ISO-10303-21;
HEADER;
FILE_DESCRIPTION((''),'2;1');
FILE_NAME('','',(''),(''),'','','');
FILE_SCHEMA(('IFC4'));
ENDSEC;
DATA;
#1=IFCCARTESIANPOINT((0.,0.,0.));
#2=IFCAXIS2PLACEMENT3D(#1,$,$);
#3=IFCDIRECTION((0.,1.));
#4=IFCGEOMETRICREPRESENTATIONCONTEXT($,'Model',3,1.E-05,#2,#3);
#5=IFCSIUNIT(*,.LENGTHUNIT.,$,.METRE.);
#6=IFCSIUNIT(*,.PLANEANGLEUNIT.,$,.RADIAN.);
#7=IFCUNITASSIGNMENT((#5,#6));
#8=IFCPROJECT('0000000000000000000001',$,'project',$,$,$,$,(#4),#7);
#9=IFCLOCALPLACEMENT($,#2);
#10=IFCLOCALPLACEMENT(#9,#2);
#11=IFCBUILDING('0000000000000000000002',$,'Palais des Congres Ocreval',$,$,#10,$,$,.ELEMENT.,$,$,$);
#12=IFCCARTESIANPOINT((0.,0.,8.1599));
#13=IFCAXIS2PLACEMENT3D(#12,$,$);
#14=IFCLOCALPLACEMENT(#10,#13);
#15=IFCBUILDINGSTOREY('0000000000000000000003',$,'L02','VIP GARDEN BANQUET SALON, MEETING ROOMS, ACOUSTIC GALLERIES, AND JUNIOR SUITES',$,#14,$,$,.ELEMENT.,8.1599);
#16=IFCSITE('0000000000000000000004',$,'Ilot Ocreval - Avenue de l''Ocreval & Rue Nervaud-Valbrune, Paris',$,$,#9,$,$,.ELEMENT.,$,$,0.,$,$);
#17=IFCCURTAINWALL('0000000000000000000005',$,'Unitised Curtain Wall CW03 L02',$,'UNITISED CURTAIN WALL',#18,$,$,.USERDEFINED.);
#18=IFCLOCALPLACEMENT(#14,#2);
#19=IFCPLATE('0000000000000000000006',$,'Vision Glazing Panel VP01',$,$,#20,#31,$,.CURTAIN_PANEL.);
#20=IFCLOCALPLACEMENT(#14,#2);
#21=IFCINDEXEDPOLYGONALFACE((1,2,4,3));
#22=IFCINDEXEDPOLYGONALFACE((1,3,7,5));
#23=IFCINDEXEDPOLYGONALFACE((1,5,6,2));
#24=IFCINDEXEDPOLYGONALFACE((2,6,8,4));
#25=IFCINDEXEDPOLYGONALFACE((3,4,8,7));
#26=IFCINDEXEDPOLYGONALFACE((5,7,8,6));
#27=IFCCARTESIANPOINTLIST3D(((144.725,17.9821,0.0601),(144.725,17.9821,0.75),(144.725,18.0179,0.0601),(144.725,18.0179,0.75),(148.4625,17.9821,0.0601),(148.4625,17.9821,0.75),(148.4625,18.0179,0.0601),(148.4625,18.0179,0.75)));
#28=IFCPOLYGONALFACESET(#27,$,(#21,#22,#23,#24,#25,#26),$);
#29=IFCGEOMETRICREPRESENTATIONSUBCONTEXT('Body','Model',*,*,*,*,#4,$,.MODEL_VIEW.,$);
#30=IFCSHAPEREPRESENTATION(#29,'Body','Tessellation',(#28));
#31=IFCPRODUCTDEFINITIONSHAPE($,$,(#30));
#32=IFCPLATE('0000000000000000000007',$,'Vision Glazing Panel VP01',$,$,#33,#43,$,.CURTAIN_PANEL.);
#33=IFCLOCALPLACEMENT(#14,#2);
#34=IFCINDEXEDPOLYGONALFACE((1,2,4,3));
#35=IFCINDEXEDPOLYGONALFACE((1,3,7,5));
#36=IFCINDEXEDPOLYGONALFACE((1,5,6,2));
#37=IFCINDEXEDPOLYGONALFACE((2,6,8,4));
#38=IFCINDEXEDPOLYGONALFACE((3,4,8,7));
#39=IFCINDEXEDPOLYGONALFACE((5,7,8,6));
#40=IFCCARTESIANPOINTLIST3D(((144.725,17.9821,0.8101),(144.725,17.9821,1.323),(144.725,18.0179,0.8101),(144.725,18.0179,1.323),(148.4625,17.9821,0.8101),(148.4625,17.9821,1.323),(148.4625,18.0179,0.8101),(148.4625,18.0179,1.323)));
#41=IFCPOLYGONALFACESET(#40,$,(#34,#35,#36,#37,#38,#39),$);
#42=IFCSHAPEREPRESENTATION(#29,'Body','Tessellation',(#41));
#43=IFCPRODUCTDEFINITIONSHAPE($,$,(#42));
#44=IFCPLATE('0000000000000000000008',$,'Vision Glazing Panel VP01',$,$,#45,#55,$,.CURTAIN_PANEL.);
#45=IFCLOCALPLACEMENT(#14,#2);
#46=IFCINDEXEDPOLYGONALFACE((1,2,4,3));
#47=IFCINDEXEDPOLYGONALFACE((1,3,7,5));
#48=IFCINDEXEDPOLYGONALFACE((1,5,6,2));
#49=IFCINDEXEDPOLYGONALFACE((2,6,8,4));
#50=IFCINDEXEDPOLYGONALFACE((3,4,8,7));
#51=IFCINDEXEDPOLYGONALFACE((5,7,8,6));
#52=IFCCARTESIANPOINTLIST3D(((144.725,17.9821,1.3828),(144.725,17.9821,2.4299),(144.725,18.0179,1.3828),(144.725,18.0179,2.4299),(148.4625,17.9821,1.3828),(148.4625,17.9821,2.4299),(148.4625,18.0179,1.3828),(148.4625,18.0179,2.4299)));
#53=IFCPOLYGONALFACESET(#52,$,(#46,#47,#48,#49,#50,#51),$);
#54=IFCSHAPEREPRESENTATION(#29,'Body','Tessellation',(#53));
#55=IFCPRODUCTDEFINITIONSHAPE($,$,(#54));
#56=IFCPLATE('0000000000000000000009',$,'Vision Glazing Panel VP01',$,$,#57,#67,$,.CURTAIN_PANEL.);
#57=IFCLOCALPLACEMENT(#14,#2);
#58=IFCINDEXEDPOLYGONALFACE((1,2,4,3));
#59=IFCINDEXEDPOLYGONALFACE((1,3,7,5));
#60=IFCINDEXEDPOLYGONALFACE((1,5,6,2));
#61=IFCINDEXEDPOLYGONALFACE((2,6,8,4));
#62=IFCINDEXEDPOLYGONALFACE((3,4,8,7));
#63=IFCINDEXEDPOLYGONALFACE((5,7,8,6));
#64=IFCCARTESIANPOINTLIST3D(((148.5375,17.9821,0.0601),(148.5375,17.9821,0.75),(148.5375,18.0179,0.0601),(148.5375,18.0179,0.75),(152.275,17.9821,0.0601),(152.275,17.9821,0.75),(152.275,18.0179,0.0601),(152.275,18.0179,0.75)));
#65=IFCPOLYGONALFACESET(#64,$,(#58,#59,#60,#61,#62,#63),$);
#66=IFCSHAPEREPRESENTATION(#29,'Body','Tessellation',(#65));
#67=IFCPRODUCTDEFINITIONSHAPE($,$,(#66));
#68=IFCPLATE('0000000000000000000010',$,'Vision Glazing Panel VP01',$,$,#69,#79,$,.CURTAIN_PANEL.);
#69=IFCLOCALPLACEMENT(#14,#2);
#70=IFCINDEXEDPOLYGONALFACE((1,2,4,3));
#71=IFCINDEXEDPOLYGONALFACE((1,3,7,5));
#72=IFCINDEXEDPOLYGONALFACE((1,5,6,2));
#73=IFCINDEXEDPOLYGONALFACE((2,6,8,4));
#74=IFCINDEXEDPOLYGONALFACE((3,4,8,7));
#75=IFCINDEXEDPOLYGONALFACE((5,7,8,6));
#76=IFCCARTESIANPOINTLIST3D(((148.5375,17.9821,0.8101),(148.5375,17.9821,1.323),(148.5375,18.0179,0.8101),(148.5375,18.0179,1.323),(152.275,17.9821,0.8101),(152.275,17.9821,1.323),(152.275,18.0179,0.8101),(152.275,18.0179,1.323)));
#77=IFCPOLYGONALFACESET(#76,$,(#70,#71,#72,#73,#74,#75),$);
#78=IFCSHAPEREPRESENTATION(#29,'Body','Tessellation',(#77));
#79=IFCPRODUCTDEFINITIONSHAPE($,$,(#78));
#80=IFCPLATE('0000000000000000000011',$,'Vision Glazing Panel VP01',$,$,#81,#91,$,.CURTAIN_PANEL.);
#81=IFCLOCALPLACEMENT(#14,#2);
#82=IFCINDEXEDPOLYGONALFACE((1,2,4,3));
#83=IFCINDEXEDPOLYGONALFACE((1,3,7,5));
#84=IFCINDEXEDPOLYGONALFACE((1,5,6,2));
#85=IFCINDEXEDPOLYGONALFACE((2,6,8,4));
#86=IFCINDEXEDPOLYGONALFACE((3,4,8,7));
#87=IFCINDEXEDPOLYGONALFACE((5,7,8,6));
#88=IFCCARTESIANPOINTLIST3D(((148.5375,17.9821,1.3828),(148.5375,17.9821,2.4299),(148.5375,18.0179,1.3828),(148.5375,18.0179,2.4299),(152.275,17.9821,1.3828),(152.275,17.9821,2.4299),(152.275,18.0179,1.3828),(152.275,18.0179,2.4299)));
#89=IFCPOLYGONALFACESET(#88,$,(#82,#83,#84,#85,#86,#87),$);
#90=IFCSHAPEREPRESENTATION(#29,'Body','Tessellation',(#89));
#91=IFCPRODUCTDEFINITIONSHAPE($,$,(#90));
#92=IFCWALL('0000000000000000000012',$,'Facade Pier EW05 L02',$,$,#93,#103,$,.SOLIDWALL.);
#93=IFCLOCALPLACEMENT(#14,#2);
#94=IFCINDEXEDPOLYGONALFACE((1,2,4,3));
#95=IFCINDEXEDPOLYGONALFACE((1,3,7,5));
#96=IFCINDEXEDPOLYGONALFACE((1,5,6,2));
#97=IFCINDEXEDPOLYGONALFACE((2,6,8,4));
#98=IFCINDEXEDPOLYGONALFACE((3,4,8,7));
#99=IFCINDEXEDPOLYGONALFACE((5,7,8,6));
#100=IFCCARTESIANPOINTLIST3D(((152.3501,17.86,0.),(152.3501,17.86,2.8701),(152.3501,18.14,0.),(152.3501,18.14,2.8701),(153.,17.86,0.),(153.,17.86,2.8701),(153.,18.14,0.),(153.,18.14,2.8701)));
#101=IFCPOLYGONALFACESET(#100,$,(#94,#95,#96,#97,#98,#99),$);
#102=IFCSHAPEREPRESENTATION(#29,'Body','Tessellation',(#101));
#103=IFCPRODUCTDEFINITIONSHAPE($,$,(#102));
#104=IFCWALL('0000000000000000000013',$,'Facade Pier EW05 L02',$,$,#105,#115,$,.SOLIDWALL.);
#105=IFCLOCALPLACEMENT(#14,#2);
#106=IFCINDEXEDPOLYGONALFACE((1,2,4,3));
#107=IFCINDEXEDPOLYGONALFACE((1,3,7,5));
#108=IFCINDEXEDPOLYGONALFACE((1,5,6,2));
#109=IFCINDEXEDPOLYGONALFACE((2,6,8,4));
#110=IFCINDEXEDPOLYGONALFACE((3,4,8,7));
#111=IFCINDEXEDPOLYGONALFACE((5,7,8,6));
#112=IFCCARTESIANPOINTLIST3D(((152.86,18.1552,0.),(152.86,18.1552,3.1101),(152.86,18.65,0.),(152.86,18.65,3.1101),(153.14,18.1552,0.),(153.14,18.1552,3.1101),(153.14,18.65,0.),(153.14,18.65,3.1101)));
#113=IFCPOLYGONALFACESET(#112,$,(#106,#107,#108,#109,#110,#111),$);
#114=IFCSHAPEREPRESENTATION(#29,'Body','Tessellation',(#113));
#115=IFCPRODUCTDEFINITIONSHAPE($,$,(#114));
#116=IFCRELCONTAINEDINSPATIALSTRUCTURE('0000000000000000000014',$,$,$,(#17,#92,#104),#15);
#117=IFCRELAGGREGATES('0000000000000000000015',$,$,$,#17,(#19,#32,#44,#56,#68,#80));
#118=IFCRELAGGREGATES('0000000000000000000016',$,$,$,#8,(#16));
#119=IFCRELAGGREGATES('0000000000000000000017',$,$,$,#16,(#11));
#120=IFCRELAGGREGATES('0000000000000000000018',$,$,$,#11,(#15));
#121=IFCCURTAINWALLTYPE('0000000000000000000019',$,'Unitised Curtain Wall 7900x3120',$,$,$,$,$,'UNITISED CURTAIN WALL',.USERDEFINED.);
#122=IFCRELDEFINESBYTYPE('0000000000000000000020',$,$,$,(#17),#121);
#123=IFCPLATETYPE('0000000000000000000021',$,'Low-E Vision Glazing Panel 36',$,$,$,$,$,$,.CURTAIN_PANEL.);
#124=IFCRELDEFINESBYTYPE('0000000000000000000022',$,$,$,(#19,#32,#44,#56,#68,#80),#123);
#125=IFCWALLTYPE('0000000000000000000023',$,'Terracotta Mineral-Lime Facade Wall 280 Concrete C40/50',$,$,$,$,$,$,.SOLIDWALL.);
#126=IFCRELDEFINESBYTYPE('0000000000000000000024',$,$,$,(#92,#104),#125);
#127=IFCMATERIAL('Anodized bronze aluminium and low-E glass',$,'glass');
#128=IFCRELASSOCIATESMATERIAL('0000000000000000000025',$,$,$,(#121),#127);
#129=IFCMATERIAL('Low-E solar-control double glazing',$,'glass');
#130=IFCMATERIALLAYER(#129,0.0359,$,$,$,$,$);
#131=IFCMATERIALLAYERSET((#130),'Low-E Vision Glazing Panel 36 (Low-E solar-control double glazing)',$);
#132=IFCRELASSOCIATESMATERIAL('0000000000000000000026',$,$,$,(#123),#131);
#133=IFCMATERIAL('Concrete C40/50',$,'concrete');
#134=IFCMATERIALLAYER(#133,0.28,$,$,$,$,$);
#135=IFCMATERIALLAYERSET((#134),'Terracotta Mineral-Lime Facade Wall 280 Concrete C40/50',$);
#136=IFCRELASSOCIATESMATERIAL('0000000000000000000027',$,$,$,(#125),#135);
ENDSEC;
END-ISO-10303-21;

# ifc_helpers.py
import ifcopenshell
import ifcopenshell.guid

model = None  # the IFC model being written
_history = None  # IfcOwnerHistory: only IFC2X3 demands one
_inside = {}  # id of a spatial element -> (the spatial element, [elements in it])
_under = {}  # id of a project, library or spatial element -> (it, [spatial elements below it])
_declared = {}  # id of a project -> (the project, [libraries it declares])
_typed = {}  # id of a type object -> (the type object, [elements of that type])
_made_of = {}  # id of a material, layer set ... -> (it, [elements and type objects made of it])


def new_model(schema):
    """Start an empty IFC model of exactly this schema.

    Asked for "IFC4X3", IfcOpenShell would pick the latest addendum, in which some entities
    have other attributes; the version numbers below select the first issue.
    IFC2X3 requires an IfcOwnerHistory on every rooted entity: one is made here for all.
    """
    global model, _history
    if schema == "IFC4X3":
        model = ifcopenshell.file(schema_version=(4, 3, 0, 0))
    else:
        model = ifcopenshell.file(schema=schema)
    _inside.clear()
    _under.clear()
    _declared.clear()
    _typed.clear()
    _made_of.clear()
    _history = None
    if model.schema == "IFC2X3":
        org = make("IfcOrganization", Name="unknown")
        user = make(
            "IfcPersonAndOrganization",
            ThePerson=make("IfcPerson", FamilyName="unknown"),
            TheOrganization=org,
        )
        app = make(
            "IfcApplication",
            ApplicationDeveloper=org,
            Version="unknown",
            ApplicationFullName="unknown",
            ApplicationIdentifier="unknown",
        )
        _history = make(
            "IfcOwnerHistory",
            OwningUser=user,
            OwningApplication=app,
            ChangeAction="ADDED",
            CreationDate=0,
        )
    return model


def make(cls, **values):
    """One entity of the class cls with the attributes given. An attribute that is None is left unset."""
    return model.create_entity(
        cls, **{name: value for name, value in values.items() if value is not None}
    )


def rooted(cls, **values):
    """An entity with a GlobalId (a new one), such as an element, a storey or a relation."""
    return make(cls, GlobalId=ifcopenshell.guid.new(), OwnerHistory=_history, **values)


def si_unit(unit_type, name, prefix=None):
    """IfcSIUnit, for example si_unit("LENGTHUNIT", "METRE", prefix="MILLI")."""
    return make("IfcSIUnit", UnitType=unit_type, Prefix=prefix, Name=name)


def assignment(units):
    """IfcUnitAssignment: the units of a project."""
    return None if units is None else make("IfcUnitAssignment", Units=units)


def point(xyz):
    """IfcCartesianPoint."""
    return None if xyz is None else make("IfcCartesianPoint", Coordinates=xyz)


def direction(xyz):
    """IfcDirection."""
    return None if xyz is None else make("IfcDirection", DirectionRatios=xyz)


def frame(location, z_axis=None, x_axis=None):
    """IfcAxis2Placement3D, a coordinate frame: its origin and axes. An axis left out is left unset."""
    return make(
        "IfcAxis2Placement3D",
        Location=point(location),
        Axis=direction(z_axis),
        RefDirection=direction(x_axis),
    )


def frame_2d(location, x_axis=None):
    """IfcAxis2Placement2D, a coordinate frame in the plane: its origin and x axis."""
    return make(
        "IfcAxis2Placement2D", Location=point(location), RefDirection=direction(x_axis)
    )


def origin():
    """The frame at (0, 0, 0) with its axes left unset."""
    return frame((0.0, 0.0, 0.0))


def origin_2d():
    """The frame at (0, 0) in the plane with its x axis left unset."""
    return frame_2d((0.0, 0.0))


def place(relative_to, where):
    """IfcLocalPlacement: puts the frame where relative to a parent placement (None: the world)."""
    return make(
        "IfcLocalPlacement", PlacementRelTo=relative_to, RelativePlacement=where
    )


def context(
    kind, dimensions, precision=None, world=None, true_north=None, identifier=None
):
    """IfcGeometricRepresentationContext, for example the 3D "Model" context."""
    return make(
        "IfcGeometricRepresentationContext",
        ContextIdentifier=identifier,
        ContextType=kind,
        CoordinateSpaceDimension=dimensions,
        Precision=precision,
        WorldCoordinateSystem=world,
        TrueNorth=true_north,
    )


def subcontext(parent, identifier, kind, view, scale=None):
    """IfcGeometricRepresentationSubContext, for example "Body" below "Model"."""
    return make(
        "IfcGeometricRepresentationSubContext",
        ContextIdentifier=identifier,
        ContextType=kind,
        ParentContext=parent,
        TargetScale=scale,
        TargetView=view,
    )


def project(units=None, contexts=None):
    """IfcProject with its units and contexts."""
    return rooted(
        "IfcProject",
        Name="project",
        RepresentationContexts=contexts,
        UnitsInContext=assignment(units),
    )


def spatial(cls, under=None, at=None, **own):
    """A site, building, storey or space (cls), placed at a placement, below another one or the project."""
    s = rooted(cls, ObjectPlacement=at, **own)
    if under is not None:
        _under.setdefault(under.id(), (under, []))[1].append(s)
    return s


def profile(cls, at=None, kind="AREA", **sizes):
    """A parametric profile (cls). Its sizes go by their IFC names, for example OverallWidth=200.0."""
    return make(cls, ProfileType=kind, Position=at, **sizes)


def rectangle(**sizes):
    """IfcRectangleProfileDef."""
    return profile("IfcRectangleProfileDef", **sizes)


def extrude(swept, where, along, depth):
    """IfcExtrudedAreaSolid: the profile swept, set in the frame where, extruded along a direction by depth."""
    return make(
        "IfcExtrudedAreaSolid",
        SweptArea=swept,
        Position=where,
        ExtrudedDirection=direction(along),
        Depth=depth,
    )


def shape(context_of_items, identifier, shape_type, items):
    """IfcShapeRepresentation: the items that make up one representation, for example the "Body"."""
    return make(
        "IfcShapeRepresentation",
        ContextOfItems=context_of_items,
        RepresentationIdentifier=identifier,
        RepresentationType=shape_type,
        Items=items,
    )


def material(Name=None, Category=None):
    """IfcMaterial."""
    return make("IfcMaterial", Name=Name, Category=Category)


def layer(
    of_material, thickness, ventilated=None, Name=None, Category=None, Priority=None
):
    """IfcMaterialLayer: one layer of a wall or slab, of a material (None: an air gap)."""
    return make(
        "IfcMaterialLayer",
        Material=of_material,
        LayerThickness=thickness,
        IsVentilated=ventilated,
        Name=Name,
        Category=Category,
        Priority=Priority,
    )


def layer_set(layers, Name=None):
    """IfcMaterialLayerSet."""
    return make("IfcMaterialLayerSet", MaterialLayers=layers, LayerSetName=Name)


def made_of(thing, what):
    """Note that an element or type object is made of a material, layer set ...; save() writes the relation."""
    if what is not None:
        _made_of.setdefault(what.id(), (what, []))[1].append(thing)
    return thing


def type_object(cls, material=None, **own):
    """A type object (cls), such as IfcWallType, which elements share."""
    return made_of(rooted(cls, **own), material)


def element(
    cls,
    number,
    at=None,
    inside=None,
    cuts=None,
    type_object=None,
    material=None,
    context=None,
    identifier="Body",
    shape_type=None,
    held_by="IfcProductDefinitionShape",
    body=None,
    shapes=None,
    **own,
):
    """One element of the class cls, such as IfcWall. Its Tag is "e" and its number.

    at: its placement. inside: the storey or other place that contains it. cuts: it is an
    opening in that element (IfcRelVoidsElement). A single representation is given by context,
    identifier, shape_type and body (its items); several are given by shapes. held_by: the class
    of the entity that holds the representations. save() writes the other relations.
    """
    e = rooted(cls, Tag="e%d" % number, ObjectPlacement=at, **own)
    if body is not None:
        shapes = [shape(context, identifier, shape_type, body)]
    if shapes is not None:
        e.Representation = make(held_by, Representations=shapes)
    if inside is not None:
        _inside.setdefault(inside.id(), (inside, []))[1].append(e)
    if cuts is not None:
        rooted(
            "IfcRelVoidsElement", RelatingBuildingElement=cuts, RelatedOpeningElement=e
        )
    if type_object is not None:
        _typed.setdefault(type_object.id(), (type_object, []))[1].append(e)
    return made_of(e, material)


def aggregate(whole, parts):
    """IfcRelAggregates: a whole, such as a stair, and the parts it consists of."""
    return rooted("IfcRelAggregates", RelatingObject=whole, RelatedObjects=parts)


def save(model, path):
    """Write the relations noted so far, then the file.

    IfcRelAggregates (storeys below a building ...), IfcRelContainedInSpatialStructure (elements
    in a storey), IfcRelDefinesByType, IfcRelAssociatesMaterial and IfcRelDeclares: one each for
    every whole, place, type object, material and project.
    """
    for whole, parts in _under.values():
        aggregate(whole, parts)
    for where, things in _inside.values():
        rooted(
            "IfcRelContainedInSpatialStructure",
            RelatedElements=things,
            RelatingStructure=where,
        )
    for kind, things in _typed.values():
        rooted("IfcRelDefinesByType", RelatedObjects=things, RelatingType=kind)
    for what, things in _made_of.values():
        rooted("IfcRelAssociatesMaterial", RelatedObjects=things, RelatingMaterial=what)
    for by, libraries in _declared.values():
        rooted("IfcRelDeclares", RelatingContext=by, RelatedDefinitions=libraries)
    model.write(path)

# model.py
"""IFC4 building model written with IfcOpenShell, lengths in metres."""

from ifc_helpers import new_model, si_unit, direction, frame, frame_2d, origin, origin_2d, place, context, subcontext, project, spatial, rectangle, extrude, material, layer, layer_set, type_object, element, aggregate, save


model = new_model("IFC4")

# Units and contexts
model_context = context("Model", 3, precision=1e-05, world=origin(), true_north=direction((0.0, 1.0)))
body_context = subcontext(model_context, "Body", "Model", "MODEL_VIEW")
ifc_project = project(units=[si_unit("LENGTHUNIT", "METRE"), si_unit("PLANEANGLEUNIT", "RADIAN")], contexts=[model_context])

# Site, building, storey
site_placement = place(None, origin())
site = spatial("IfcSite", under=ifc_project, at=site_placement, Name="Ilot Ocreval - Avenue de l'Ocreval & Rue Nervaud-Valbrune, Paris", CompositionType="ELEMENT", RefElevation=0.0)
building_placement = place(site_placement, origin())
building = spatial("IfcBuilding", under=site, at=building_placement, Name="Palais des Congres Ocreval", CompositionType="ELEMENT")
storey_placement = place(building_placement, frame((0.0, 0.0, 8.1599)))
storey = spatial("IfcBuildingStorey", under=building, at=storey_placement, Name="L02", Description="VIP GARDEN BANQUET SALON, MEETING ROOMS, ACOUSTIC GALLERIES, AND JUNIOR SUITES", CompositionType="ELEMENT", Elevation=8.1599)

# Curtain wall
ifc_material_1 = material(Name="Anodized bronze aluminium and low-E glass", Category="glass")
curtain_wall_type = type_object("IfcCurtainWallType", Name="Unitised Curtain Wall 7900x3120", ElementType="UNITISED CURTAIN WALL", PredefinedType="USERDEFINED", material=ifc_material_1)
curtain_wall_1_placement = place(storey_placement, origin())
curtain_wall_1 = element("IfcCurtainWall", 1, at=curtain_wall_1_placement, inside=storey, type_object=curtain_wall_type, Name="Unitised Curtain Wall CW03 L02", ObjectType="UNITISED CURTAIN WALL", PredefinedType="USERDEFINED")

# Plates
ifc_material_2 = material(Name="Low-E solar-control double glazing", Category="glass")
ifc_layer_1 = layer(ifc_material_2, 0.0359)
ifc_layer_set_1 = layer_set([ifc_layer_1], Name="Low-E Vision Glazing Panel 36 (Low-E solar-control double glazing)")
plate_type_1 = type_object("IfcPlateType", Name="Low-E Vision Glazing Panel 36", PredefinedType="CURTAIN_PANEL", material=ifc_layer_set_1)
plate_1_placement = place(storey_placement, frame((146.5938, 18.0, 0.0601), z_axis=(0.0, 0.0, 1.0), x_axis=(1.0, 0.0, 0.0)))
plate_1 = element("IfcPlate", 2, at=plate_1_placement, type_object=plate_type_1, Name="Vision Glazing Panel VP01", PredefinedType="CURTAIN_PANEL", context=body_context, shape_type="SweptSolid", body=[
    extrude(rectangle(XDim=3.7375, YDim=0.0359, at=origin_2d()), origin(), (0.0, 0.0, 1.0), 0.6899),
])
plate_2_placement = place(storey_placement, frame((146.5938, 18.0, 0.8101), z_axis=(0.0, 0.0, 1.0), x_axis=(1.0, 0.0, 0.0)))
plate_2 = element("IfcPlate", 3, at=plate_2_placement, type_object=plate_type_1, Name="Vision Glazing Panel VP01", PredefinedType="CURTAIN_PANEL", context=body_context, shape_type="SweptSolid", body=[
    extrude(rectangle(XDim=3.7375, YDim=0.0359, at=origin_2d()), origin(), (0.0, 0.0, 1.0), 0.5129),
])
plate_3_placement = place(storey_placement, frame((146.5938, 18.0, 1.3828), z_axis=(0.0, 0.0, 1.0), x_axis=(1.0, 0.0, 0.0)))
plate_3 = element("IfcPlate", 4, at=plate_3_placement, type_object=plate_type_1, Name="Vision Glazing Panel VP01", PredefinedType="CURTAIN_PANEL", context=body_context, shape_type="SweptSolid", body=[
    extrude(rectangle(XDim=3.7375, YDim=0.0359, at=origin_2d()), origin(), (0.0, 0.0, 1.0), 1.0471),
])
plate_4_placement = place(storey_placement, frame((150.4062, 18.0, 0.0601), z_axis=(0.0, 0.0, 1.0), x_axis=(1.0, 0.0, 0.0)))
plate_4 = element("IfcPlate", 5, at=plate_4_placement, type_object=plate_type_1, Name="Vision Glazing Panel VP01", PredefinedType="CURTAIN_PANEL", context=body_context, shape_type="SweptSolid", body=[
    extrude(rectangle(XDim=3.7375, YDim=0.0359, at=origin_2d()), origin(), (0.0, 0.0, 1.0), 0.6899),
])
plate_5_placement = place(storey_placement, frame((150.4062, 18.0, 0.8101), z_axis=(0.0, 0.0, 1.0), x_axis=(1.0, 0.0, 0.0)))
plate_5 = element("IfcPlate", 6, at=plate_5_placement, type_object=plate_type_1, Name="Vision Glazing Panel VP01", PredefinedType="CURTAIN_PANEL", context=body_context, shape_type="SweptSolid", body=[
    extrude(rectangle(XDim=3.7375, YDim=0.0359, at=origin_2d()), origin(), (0.0, 0.0, 1.0), 0.5129),
])
plate_6_placement = place(storey_placement, frame((150.4062, 18.0, 1.3828), z_axis=(0.0, 0.0, 1.0), x_axis=(1.0, 0.0, 0.0)))
plate_6 = element("IfcPlate", 7, at=plate_6_placement, type_object=plate_type_1, Name="Vision Glazing Panel VP01", PredefinedType="CURTAIN_PANEL", context=body_context, shape_type="SweptSolid", body=[
    extrude(rectangle(XDim=3.7375, YDim=0.0359, at=origin_2d()), origin(), (0.0, 0.0, 1.0), 1.0471),
])
aggregate(curtain_wall_1, [plate_1, plate_2, plate_3, plate_4, plate_5, plate_6])

# Walls
ifc_material_3 = material(Name="Concrete C40/50", Category="concrete")
ifc_layer_2 = layer(ifc_material_3, 0.28)
ifc_layer_set_2 = layer_set([ifc_layer_2], Name="Terracotta Mineral-Lime Facade Wall 280 Concrete C40/50")
wall_type = type_object("IfcWallType", Name="Terracotta Mineral-Lime Facade Wall 280 Concrete C40/50", PredefinedType="SOLIDWALL", material=ifc_layer_set_2)
wall_1_placement = place(storey_placement, frame((152.3501, 18.0, 0.0), z_axis=(0.0, 0.0, 1.0), x_axis=(1.0, 0.0, 0.0)))
element("IfcWall", 8, at=wall_1_placement, inside=storey, type_object=wall_type, Name="Facade Pier EW05 L02", PredefinedType="SOLIDWALL", context=body_context, shape_type="SweptSolid", body=[
    extrude(rectangle(XDim=0.6499, YDim=0.28, at=frame_2d((0.325, 0.0))), origin(), (0.0, 0.0, 1.0), 2.8701),
])
wall_2_placement = place(storey_placement, frame((153.0, 18.155, 0.0), z_axis=(0.0, 0.0, 1.0), x_axis=(0.0, 1.0, 0.0)))
element("IfcWall", 9, at=wall_2_placement, inside=storey, type_object=wall_type, Name="Facade Pier EW05 L02", PredefinedType="SOLIDWALL", context=body_context, shape_type="SweptSolid", body=[
    extrude(rectangle(XDim=0.4949, YDim=0.28, at=frame_2d((0.2476, 0.0))), origin(), (0.0, 0.0, 1.0), 3.1101),
])

save(model, "model.ifc")
